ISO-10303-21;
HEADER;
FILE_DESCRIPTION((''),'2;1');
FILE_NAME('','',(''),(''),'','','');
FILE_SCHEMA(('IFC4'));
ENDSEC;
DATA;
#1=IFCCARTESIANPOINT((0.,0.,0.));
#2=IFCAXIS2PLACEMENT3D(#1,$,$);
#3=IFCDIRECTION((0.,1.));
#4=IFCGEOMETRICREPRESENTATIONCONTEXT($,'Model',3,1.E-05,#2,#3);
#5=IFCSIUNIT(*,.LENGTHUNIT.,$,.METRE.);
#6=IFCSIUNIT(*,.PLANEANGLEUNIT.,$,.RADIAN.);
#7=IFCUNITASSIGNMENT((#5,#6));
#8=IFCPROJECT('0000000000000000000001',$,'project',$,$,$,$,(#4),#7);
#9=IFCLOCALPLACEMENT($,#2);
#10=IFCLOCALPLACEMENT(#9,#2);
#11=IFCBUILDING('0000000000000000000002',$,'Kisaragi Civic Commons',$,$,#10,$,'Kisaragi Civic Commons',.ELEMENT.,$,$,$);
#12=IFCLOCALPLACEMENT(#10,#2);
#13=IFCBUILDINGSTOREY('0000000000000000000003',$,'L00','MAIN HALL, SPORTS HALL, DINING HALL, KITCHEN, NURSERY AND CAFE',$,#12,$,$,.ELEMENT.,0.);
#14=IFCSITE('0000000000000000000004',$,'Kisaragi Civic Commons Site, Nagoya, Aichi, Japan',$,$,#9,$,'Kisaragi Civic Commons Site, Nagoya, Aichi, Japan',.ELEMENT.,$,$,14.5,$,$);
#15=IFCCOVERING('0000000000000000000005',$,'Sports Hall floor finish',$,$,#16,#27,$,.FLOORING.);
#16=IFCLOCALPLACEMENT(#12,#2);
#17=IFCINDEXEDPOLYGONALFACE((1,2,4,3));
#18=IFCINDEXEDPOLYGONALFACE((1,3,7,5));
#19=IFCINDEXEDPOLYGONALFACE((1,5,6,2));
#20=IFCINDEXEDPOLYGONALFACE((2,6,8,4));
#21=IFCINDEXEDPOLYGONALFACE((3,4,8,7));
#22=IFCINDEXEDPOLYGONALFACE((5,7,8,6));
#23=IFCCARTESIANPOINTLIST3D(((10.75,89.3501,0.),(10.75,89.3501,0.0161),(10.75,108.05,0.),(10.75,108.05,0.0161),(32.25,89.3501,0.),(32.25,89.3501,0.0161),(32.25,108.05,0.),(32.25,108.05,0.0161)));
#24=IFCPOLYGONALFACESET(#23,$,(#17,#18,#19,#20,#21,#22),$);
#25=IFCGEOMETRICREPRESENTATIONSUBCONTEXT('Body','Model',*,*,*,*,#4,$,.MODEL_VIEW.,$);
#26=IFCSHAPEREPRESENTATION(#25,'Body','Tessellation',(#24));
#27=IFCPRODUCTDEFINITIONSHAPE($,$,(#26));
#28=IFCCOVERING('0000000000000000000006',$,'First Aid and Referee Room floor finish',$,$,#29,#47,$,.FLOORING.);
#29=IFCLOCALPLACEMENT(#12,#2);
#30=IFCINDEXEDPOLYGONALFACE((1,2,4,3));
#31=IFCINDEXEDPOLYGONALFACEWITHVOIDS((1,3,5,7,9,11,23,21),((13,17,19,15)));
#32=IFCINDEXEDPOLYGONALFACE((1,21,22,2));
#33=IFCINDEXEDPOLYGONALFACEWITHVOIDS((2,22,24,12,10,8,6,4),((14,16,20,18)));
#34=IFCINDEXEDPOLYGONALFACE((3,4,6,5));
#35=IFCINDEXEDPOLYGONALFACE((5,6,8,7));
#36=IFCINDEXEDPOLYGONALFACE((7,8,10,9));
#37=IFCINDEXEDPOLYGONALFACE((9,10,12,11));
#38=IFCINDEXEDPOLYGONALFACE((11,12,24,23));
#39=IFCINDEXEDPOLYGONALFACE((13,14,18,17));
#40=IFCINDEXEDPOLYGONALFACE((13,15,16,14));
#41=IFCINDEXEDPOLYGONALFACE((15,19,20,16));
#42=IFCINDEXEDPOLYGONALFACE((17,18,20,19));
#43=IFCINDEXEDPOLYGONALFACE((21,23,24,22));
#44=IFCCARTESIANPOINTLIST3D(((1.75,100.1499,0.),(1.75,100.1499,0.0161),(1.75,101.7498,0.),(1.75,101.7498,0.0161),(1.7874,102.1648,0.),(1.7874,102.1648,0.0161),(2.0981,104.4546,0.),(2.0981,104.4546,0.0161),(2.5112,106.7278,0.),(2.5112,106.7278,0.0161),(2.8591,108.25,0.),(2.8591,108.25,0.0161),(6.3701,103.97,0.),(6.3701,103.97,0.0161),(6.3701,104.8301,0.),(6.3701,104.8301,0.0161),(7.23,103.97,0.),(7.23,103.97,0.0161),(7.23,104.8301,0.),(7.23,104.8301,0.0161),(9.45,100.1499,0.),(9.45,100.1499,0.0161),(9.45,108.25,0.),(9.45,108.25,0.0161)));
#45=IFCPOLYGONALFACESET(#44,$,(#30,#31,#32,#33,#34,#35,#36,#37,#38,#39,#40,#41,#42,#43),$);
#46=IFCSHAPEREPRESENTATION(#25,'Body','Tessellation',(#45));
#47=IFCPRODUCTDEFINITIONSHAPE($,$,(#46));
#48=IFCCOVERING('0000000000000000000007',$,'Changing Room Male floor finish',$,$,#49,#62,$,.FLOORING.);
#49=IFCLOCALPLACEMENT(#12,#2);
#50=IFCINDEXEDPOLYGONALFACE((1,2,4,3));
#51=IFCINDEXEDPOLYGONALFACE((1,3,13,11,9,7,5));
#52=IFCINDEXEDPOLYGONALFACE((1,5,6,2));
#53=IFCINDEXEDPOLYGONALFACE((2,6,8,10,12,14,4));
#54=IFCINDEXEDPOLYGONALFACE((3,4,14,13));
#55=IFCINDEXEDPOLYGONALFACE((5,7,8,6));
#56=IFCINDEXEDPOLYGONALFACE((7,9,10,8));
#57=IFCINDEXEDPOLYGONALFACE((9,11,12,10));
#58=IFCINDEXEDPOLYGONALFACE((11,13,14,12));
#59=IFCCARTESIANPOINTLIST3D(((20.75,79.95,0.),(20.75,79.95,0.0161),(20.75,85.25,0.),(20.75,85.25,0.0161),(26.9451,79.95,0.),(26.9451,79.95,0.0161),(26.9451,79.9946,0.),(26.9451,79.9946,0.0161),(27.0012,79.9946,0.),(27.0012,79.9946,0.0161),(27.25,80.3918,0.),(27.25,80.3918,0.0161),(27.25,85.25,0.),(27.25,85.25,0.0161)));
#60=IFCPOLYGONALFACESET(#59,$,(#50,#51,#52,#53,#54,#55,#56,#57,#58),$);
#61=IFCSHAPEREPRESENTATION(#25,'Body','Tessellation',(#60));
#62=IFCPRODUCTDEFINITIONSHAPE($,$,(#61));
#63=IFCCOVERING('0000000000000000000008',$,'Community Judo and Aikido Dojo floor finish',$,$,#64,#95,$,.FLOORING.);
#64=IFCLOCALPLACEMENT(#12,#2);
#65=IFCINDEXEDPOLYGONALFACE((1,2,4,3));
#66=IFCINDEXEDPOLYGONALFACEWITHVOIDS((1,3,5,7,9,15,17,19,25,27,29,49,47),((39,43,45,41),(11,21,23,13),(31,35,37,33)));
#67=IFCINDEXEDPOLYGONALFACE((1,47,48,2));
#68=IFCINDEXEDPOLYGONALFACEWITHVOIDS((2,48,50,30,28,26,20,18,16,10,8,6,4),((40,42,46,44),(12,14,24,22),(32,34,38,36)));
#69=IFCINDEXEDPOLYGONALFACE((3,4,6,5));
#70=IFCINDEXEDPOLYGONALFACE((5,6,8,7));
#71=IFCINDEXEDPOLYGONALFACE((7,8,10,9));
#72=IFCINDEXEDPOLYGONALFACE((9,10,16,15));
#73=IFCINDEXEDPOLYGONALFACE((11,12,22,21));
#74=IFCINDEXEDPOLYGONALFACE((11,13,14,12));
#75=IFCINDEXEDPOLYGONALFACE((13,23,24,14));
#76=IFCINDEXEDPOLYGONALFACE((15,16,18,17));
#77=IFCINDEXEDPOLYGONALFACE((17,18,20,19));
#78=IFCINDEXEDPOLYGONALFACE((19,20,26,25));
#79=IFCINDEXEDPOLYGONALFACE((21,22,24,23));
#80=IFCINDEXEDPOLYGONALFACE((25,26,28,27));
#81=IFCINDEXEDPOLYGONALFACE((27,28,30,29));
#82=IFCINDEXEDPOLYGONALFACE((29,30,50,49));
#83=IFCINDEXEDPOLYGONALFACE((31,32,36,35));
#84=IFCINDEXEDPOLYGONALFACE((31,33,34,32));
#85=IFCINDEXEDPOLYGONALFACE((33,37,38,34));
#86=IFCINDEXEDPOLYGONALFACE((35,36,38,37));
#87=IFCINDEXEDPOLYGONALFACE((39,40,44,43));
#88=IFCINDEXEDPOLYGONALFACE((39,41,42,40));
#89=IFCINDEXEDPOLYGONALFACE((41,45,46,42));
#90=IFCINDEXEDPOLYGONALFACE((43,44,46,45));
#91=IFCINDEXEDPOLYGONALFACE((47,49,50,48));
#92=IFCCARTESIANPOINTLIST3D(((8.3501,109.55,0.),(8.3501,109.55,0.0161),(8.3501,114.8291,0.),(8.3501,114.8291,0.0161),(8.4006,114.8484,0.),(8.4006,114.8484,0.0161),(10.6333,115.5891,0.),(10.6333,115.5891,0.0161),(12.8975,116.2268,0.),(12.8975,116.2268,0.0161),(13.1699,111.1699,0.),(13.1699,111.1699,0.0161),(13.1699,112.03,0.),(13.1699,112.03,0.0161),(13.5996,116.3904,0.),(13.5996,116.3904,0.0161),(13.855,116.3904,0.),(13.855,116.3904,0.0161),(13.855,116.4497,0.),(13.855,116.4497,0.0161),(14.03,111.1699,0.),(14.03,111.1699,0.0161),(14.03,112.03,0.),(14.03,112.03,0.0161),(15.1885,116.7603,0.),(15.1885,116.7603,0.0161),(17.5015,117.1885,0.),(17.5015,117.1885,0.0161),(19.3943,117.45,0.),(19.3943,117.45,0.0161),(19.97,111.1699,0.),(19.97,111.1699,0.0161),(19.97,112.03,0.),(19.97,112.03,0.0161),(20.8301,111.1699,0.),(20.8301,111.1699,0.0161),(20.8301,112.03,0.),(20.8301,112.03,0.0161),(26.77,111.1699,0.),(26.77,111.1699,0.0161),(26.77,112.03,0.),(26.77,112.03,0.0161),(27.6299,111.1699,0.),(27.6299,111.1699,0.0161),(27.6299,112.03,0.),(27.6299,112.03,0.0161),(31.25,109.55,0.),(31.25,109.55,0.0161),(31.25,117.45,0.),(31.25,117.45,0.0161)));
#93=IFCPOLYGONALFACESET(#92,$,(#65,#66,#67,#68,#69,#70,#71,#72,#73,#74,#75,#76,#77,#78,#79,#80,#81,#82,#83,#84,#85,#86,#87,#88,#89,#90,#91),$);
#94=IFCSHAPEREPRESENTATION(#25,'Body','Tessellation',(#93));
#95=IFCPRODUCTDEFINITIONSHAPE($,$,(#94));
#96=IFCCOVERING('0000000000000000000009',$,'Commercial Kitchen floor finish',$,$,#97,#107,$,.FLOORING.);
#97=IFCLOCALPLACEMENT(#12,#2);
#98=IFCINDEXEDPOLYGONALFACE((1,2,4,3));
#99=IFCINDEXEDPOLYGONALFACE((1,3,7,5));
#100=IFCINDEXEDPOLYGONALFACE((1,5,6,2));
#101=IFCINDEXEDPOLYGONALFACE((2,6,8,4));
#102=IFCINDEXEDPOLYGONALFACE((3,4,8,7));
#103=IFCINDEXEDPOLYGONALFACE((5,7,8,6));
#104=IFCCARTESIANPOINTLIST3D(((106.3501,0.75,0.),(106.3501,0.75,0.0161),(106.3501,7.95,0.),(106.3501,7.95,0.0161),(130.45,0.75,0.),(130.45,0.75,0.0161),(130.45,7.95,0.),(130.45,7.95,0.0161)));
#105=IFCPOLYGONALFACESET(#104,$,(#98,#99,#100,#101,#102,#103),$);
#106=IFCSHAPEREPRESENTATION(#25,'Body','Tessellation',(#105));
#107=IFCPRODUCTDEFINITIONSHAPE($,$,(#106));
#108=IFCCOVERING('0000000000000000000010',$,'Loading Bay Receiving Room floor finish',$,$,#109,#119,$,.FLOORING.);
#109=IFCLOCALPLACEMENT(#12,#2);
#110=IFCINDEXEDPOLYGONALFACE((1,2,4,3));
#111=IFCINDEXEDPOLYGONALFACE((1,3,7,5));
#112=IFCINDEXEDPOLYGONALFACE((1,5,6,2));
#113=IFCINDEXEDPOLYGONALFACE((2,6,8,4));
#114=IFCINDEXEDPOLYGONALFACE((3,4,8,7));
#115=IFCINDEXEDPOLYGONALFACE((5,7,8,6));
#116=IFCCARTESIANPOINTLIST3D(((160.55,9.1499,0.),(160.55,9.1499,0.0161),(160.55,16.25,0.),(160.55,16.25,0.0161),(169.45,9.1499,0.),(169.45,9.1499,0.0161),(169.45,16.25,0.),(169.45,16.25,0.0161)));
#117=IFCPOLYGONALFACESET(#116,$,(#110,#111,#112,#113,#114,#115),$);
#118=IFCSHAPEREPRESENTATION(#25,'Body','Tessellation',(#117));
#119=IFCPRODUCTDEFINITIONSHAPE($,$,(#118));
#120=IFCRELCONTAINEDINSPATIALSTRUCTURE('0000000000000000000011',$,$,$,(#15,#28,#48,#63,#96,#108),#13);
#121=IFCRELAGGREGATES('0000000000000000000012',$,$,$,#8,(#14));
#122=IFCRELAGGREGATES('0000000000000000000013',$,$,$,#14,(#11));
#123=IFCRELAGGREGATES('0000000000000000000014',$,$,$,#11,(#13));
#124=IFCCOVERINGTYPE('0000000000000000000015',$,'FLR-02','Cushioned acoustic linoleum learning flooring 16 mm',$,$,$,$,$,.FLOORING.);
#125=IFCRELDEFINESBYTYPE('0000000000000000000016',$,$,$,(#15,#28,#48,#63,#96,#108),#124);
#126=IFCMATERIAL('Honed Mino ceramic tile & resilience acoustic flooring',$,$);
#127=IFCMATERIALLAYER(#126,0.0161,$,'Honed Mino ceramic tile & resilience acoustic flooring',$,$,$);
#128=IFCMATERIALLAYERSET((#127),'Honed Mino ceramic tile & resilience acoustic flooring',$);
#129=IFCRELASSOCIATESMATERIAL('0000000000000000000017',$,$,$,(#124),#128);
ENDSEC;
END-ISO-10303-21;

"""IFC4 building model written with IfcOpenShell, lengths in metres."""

from ifc_helpers import new_model, si_unit, direction, origin, place, context, subcontext, project, spatial, polyline, outline, extrude, material, layer, layer_set, type_object, element, save


model = new_model("IFC4")

# Units and contexts
model_context = context("Model", 3, precision=1e-05, world=origin(), true_north=direction((0.0, 1.0)))
body_context = subcontext(model_context, "Body", "Model", "MODEL_VIEW")
ifc_project = project(units=[si_unit("LENGTHUNIT", "METRE"), si_unit("PLANEANGLEUNIT", "RADIAN")], contexts=[model_context])

# Site, building, storey
site_placement = place(None, origin())
site = spatial("IfcSite", under=ifc_project, at=site_placement, Name="Kisaragi Civic Commons Site, Nagoya, Aichi, Japan", LongName="Kisaragi Civic Commons Site, Nagoya, Aichi, Japan", CompositionType="ELEMENT", RefElevation=14.5)
building_placement = place(site_placement, origin())
building = spatial("IfcBuilding", under=site, at=building_placement, Name="Kisaragi Civic Commons", LongName="Kisaragi Civic Commons", CompositionType="ELEMENT")
storey_placement = place(building_placement, origin())
storey = spatial("IfcBuildingStorey", under=building, at=storey_placement, Name="L00", Description="MAIN HALL, SPORTS HALL, DINING HALL, KITCHEN, NURSERY AND CAFE", CompositionType="ELEMENT", Elevation=0.0)

# Coverings
ifc_material_1 = material(Name="Honed Mino ceramic tile & resilience acoustic flooring")
ifc_layer_1 = layer(ifc_material_1, 0.0161, Name="Honed Mino ceramic tile & resilience acoustic flooring")
ifc_layer_set_1 = layer_set([ifc_layer_1], Name="Honed Mino ceramic tile & resilience acoustic flooring")
covering_type_1 = type_object("IfcCoveringType", Name="FLR-02", Description="Cushioned acoustic linoleum learning flooring 16 mm", PredefinedType="FLOORING", material=ifc_layer_set_1)
covering_1_placement = place(storey_placement, origin())
element("IfcCovering", 1, at=covering_1_placement, inside=storey, type_object=covering_type_1, Name="Sports Hall floor finish", PredefinedType="FLOORING", context=body_context, shape_type="SweptSolid", body=[
    extrude(outline(polyline([(32.25, 89.3501), (32.25, 108.05), (10.75, 108.05), (10.75, 89.3501), (32.25, 89.3501)])), origin(), (0.0, 0.0, 1.0), 0.0161),
])
covering_2_placement = place(storey_placement, origin())
element("IfcCovering", 2, at=covering_2_placement, inside=storey, type_object=covering_type_1, Name="First Aid and Referee Room floor finish", PredefinedType="FLOORING", context=body_context, shape_type="SweptSolid", body=[
    extrude(outline(polyline([(1.75, 100.1499), (9.45, 100.1499), (9.45, 108.25), (2.8591, 108.25), (2.5112, 106.7278), (2.0981, 104.4546), (1.7874, 102.1648), (1.75, 101.7498), (1.75, 100.1499)]), holes=[polyline([(7.23, 103.97), (6.3701, 103.97), (6.3701, 104.8301), (7.23, 104.8301), (7.23, 103.97)])]), origin(), (0.0, 0.0, 1.0), 0.0161),
])
covering_3_placement = place(storey_placement, origin())
element("IfcCovering", 3, at=covering_3_placement, inside=storey, type_object=covering_type_1, Name="Changing Room Male floor finish", PredefinedType="FLOORING", context=body_context, shape_type="SweptSolid", body=[
    extrude(outline(polyline([(27.25, 85.25), (20.75, 85.25), (20.75, 79.95), (26.9451, 79.95), (26.9451, 79.9946), (27.0012, 79.9946), (27.25, 80.3918), (27.25, 85.25)])), origin(), (0.0, 0.0, 1.0), 0.0161),
])
covering_4_placement = place(storey_placement, origin())
element("IfcCovering", 4, at=covering_4_placement, inside=storey, type_object=covering_type_1, Name="Community Judo and Aikido Dojo floor finish", PredefinedType="FLOORING", context=body_context, shape_type="SweptSolid", body=[
    extrude(outline(polyline([(8.3501, 109.55), (31.25, 109.55), (31.25, 117.45), (19.3943, 117.45), (17.5015, 117.1885), (15.1885, 116.7603), (13.855, 116.4497), (13.855, 116.3904), (13.5996, 116.3904), (12.8975, 116.2268), (10.6333, 115.5891), (8.4006, 114.8484), (8.3501, 114.8291), (8.3501, 109.55)]), holes=[polyline([(14.03, 111.1699), (13.1699, 111.1699), (13.1699, 112.03), (14.03, 112.03), (14.03, 111.1699)]), polyline([(20.8301, 111.1699), (19.97, 111.1699), (19.97, 112.03), (20.8301, 112.03), (20.8301, 111.1699)]), polyline([(27.6299, 111.1699), (26.77, 111.1699), (26.77, 112.03), (27.6299, 112.03), (27.6299, 111.1699)])]), origin(), (0.0, 0.0, 1.0), 0.0161),
])
covering_5_placement = place(storey_placement, origin())
element("IfcCovering", 5, at=covering_5_placement, inside=storey, type_object=covering_type_1, Name="Commercial Kitchen floor finish", PredefinedType="FLOORING", context=body_context, shape_type="SweptSolid", body=[
    extrude(outline(polyline([(130.45, 7.95), (106.3501, 7.95), (106.3501, 0.75), (130.45, 0.75), (130.45, 7.95)])), origin(), (0.0, 0.0, 1.0), 0.0161),
])
covering_6_placement = place(storey_placement, origin())
element("IfcCovering", 6, at=covering_6_placement, inside=storey, type_object=covering_type_1, Name="Loading Bay Receiving Room floor finish", PredefinedType="FLOORING", context=body_context, shape_type="SweptSolid", body=[
    extrude(outline(polyline([(169.45, 16.25), (160.55, 16.25), (160.55, 9.1499), (169.45, 9.1499), (169.45, 16.25)])), origin(), (0.0, 0.0, 1.0), 0.0161),
])

save(model, "model.ifc")
